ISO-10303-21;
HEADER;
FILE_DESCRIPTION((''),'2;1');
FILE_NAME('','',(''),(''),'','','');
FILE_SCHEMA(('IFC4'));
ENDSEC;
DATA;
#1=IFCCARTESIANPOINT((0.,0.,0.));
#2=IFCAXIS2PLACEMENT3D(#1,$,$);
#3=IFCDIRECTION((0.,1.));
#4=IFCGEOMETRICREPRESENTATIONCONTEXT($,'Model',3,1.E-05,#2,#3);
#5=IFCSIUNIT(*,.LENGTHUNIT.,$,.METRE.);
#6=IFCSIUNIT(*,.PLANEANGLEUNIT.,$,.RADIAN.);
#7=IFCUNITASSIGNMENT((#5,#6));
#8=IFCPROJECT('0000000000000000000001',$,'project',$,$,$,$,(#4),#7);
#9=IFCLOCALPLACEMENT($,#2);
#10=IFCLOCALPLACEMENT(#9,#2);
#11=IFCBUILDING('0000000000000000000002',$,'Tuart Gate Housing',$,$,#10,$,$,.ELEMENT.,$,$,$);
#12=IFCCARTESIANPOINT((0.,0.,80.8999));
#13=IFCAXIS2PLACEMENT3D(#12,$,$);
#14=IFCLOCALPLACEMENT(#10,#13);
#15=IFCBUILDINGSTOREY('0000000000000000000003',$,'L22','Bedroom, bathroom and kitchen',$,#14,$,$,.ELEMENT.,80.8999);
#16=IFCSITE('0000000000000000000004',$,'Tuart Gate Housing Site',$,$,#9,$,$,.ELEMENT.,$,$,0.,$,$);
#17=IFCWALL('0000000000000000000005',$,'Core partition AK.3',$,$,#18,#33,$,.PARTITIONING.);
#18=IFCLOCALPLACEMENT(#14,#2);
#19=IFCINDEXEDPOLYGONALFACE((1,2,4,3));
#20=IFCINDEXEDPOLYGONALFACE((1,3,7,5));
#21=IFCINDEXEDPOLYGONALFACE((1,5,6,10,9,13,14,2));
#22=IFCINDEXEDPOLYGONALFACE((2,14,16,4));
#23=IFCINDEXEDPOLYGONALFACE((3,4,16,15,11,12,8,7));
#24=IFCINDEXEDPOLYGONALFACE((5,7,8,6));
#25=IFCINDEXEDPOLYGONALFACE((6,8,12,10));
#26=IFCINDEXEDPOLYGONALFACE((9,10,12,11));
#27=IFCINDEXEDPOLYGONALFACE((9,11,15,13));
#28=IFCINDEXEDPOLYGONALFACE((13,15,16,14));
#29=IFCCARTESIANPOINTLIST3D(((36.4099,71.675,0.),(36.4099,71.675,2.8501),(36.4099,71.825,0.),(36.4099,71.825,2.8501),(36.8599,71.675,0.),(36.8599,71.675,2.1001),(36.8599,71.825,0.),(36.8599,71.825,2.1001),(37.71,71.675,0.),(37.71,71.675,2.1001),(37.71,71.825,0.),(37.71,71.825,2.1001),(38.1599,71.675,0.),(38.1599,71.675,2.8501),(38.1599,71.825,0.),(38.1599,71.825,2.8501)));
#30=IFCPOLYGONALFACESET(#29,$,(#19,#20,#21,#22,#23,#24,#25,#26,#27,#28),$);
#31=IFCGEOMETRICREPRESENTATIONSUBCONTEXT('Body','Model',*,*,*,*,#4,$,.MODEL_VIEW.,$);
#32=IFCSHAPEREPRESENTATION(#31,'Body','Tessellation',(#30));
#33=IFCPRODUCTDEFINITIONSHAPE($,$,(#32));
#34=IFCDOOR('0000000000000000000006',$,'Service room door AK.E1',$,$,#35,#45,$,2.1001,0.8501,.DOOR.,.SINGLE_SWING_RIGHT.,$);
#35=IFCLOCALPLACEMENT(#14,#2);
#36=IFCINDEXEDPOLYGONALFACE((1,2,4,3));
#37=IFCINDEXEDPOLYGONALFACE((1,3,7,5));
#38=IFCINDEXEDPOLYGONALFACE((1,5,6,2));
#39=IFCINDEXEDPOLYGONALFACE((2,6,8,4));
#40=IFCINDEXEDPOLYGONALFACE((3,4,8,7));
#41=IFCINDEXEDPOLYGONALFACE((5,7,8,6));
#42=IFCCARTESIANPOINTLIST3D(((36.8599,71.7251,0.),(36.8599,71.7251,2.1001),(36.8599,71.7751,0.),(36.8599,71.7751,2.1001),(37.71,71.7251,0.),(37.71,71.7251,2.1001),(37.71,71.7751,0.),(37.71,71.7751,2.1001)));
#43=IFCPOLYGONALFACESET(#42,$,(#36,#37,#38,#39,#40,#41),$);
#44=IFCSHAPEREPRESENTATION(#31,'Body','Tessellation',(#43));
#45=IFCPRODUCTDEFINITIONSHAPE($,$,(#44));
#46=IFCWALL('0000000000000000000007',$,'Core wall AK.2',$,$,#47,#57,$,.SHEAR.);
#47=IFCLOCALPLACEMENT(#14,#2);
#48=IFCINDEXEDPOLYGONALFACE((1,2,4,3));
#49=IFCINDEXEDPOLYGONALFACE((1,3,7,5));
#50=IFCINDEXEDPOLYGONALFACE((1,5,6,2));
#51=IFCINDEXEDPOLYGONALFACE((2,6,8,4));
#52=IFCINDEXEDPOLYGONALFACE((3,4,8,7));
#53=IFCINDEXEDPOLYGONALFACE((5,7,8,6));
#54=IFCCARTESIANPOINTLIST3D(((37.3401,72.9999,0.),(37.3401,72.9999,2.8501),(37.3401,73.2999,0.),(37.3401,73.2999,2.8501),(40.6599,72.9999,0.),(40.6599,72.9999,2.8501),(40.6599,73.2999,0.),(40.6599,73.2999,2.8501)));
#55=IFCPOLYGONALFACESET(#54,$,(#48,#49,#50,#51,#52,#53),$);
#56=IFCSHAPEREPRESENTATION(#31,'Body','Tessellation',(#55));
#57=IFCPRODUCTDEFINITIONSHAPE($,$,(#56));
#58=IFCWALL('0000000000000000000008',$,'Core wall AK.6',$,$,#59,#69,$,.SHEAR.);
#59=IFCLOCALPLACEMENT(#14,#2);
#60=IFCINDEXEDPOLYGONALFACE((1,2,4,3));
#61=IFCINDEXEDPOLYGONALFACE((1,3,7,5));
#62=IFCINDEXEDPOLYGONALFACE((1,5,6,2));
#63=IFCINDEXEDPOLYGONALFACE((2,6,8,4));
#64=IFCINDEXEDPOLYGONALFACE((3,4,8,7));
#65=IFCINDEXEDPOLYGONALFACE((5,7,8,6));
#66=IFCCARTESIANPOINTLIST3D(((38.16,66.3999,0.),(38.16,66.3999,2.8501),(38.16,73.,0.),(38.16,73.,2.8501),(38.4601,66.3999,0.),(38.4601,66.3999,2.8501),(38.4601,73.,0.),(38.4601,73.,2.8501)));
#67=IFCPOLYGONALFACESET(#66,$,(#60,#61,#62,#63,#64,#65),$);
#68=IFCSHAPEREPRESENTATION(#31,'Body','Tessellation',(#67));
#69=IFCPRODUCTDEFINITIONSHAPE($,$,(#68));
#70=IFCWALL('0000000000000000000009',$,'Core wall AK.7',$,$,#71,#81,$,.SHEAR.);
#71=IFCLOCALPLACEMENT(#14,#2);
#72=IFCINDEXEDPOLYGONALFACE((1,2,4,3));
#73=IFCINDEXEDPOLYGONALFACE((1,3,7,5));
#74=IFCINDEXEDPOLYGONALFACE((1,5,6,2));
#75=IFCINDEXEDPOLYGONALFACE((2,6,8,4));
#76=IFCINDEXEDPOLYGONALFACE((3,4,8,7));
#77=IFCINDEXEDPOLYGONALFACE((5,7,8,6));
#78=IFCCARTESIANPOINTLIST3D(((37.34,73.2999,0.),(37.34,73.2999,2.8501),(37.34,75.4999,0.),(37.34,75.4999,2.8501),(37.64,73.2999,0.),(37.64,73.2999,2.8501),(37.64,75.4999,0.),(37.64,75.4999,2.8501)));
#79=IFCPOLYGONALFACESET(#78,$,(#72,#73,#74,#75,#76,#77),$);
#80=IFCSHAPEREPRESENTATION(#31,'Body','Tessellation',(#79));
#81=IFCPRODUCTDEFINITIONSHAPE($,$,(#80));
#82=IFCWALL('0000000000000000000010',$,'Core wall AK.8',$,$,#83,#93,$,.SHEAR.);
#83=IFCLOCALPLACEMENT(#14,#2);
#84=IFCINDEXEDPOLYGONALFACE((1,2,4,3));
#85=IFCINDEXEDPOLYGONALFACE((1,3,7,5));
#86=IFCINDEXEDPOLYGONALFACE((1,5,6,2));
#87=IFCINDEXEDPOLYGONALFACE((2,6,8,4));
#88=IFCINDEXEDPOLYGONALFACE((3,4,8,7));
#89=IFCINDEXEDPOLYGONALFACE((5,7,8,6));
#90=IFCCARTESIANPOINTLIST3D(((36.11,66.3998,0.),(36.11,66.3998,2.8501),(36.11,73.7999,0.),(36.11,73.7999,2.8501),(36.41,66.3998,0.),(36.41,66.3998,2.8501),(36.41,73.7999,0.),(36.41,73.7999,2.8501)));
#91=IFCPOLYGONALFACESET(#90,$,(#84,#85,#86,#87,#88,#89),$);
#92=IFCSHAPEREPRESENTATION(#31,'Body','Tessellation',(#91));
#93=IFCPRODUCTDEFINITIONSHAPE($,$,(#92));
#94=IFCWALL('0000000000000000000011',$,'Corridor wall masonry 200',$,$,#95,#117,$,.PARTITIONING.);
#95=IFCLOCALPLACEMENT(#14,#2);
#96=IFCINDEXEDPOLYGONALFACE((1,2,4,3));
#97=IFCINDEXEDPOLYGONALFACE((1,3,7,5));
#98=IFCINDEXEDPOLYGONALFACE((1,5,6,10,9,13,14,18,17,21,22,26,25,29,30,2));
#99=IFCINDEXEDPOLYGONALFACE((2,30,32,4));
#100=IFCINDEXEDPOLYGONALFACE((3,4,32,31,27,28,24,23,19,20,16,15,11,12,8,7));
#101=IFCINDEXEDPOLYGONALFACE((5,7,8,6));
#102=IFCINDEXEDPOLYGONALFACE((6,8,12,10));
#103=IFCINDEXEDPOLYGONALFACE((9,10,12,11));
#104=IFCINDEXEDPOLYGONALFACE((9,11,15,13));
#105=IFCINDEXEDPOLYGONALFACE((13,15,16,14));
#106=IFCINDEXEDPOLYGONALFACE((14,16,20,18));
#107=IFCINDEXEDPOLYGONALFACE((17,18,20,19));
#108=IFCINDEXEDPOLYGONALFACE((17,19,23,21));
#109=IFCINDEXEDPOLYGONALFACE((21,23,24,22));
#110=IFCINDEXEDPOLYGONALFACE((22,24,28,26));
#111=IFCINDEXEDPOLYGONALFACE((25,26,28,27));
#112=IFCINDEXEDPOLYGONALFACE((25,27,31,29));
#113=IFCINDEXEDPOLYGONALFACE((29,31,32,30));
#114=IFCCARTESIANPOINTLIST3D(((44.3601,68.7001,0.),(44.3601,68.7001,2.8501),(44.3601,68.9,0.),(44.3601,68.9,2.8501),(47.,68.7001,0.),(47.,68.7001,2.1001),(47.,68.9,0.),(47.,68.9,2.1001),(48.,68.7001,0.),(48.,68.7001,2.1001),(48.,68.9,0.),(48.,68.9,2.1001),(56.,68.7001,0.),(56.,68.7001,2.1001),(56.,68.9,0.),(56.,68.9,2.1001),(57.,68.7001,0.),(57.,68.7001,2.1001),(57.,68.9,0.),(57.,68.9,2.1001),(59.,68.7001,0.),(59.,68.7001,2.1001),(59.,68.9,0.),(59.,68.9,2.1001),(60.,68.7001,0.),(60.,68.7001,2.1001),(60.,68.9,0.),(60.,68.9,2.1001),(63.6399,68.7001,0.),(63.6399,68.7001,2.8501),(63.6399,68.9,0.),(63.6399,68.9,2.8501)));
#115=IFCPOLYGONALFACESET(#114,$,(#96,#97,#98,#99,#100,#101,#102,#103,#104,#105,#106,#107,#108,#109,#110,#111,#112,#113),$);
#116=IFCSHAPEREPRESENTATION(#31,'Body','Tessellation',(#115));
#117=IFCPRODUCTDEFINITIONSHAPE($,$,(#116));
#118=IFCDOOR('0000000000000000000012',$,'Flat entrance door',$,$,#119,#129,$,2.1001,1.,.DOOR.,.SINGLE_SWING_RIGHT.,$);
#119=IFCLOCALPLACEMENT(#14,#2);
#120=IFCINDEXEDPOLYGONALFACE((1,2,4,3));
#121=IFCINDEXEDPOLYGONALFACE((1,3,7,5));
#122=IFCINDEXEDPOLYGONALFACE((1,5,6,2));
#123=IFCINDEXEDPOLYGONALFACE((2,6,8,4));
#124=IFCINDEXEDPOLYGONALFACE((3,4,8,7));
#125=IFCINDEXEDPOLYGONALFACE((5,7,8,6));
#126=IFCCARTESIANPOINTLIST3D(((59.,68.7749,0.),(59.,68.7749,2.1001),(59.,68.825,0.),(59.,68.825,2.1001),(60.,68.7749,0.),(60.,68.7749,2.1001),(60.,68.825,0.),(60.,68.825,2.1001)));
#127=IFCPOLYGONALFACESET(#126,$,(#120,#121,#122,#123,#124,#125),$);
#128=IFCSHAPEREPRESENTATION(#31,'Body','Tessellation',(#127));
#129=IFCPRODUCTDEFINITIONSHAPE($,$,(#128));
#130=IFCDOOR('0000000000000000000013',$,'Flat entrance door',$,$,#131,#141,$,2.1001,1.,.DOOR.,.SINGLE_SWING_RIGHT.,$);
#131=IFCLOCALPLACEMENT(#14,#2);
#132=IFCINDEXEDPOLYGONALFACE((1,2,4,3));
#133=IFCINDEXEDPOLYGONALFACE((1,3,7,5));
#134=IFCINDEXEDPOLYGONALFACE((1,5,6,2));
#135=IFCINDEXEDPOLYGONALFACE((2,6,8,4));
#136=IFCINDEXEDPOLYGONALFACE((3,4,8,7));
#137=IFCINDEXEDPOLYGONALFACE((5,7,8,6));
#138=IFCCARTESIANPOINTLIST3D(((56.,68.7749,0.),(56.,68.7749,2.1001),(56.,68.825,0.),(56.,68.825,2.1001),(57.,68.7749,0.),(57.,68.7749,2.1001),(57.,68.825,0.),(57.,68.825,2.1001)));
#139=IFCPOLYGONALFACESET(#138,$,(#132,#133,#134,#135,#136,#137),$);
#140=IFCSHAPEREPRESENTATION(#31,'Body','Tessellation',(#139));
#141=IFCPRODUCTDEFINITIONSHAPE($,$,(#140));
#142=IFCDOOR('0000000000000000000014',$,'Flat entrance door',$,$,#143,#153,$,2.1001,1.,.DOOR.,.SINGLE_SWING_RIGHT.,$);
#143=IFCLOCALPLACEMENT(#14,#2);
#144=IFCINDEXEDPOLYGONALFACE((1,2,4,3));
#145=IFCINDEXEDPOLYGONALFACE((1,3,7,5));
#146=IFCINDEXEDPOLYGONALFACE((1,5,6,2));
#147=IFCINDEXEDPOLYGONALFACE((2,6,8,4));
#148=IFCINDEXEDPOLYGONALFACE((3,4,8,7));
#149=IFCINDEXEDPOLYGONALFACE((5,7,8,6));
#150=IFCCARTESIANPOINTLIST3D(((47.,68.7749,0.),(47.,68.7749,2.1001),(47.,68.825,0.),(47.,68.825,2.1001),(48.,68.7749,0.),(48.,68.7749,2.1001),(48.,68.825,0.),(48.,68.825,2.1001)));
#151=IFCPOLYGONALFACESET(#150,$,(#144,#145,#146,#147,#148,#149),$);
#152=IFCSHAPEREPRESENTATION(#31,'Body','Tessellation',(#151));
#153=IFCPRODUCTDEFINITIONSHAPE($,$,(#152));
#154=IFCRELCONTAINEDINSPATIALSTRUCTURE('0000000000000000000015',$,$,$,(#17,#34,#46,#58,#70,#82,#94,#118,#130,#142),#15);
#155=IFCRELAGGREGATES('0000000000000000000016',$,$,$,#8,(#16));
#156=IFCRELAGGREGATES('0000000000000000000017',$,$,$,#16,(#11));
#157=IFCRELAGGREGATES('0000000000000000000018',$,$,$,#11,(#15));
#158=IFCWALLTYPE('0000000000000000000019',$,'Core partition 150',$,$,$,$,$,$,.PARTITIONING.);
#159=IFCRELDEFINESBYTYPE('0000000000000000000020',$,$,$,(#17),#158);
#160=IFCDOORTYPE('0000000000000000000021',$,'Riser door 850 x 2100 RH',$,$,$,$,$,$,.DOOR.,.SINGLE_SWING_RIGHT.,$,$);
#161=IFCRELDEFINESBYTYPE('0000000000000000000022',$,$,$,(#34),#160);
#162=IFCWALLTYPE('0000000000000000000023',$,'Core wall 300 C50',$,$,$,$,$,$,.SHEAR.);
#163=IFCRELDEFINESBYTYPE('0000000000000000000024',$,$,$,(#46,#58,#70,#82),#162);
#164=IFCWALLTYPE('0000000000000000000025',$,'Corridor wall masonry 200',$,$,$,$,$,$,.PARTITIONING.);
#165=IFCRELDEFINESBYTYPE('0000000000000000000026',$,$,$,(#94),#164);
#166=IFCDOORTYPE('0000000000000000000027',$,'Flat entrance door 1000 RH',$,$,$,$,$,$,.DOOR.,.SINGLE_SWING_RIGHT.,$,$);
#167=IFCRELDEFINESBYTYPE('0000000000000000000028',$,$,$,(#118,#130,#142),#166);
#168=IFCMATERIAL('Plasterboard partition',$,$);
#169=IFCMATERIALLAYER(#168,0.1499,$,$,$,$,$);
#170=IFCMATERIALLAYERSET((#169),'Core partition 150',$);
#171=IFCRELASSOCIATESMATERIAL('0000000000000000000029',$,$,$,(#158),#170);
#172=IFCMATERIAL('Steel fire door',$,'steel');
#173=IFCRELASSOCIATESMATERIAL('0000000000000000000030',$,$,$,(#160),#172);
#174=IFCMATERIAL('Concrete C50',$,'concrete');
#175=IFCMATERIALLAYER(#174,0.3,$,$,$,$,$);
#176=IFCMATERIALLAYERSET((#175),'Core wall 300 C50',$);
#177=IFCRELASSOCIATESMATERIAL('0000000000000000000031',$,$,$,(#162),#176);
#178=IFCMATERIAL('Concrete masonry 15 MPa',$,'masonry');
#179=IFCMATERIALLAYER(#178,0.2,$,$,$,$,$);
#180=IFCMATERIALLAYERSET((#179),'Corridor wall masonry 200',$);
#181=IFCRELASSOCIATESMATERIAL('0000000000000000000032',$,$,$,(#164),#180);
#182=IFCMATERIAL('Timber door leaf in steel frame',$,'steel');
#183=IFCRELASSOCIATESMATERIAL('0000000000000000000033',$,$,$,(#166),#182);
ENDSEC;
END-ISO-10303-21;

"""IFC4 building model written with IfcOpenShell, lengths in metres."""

from ifc_helpers import new_model, si_unit, direction, frame, frame_2d, origin, place, context, subcontext, project, spatial, rectangle, extrude, material, layer, layer_set, type_object, element, fill, save


model = new_model("IFC4")

# Units and contexts
model_context = context("Model", 3, precision=1e-05, world=origin(), true_north=direction((0.0, 1.0)))
body_context = subcontext(model_context, "Body", "Model", "MODEL_VIEW")
ifc_project = project(units=[si_unit("LENGTHUNIT", "METRE"), si_unit("PLANEANGLEUNIT", "RADIAN")], contexts=[model_context])

# Site, building, storey
site_placement = place(None, origin())
site = spatial("IfcSite", under=ifc_project, at=site_placement, Name="Tuart Gate Housing Site", CompositionType="ELEMENT", RefElevation=0.0)
building_placement = place(site_placement, origin())
building = spatial("IfcBuilding", under=site, at=building_placement, Name="Tuart Gate Housing", CompositionType="ELEMENT")
storey_placement = place(building_placement, frame((0.0, 0.0, 80.8999)))
storey = spatial("IfcBuildingStorey", under=building, at=storey_placement, Name="L22", Description="Bedroom, bathroom and kitchen", CompositionType="ELEMENT", Elevation=80.8999)

# Wall, opening, door
ifc_material_1 = material(Name="Plasterboard partition")
ifc_layer_1 = layer(ifc_material_1, 0.1499)
ifc_layer_set_1 = layer_set([ifc_layer_1], Name="Core partition 150")
wall_type_1 = type_object("IfcWallType", Name="Core partition 150", PredefinedType="PARTITIONING", material=ifc_layer_set_1)
wall_1_placement = place(storey_placement, frame((38.1599, 71.75, 0.0), z_axis=(0.0, 0.0, 1.0), x_axis=(-1.0, 0.0, 0.0)))
wall_1 = element("IfcWall", 1, at=wall_1_placement, inside=storey, type_object=wall_type_1, Name="Core partition AK.3", PredefinedType="PARTITIONING", context=body_context, shape_type="SweptSolid", body=[
    extrude(rectangle(XDim=1.75, YDim=0.1499, at=frame_2d((0.875, 0.0))), origin(), (0.0, 0.0, 1.0), 2.8501),
])
opening_1_placement = place(wall_1_placement, frame((0.45, 0.0, 0.0)))
opening_1 = element("IfcOpeningElement", 2, at=opening_1_placement, cuts=wall_1, PredefinedType="OPENING", context=body_context, shape_type="SweptSolid", body=[
    extrude(rectangle(XDim=0.8501, YDim=2.1001, at=frame_2d((0.425, 1.05))), frame((0.0, 0.085, 0.0), z_axis=(0.0, -1.0, 0.0), x_axis=(1.0, 0.0, 0.0)), (0.0, 0.0, 1.0), 0.1699),
])
ifc_material_2 = material(Name="Steel fire door", Category="steel")
door_type_1 = type_object("IfcDoorType", Name="Riser door 850 x 2100 RH", OperationType="SINGLE_SWING_RIGHT", PredefinedType="DOOR", material=ifc_material_2)
door_1_placement = place(opening_1_placement, frame((0.8501, 0.0, 0.0), z_axis=(0.0, 0.0, 1.0), x_axis=(-1.0, 0.0, 0.0)))
door_1 = element("IfcDoor", 3, at=door_1_placement, inside=storey, type_object=door_type_1, Name="Service room door AK.E1", OperationType="SINGLE_SWING_RIGHT", OverallHeight=2.1001, OverallWidth=0.8501, PredefinedType="DOOR", context=body_context, shape_type="SweptSolid", body=[
    extrude(rectangle(XDim=0.8501, YDim=2.1001, at=frame_2d((0.425, 1.05))), frame((0.0, 0.0251, 0.0), z_axis=(0.0, -1.0, 0.0), x_axis=(1.0, 0.0, 0.0)), (0.0, 0.0, 1.0), 0.05),
])
fill(opening_1, door_1)

# Walls
ifc_material_3 = material(Name="Concrete C50", Category="concrete")
ifc_layer_2 = layer(ifc_material_3, 0.3)
ifc_layer_set_2 = layer_set([ifc_layer_2], Name="Core wall 300 C50")
wall_type_2 = type_object("IfcWallType", Name="Core wall 300 C50", PredefinedType="SHEAR", material=ifc_layer_set_2)
wall_2_placement = place(storey_placement, frame((40.6599, 73.1499, 0.0), z_axis=(0.0, 0.0, 1.0), x_axis=(-1.0, 0.0, 0.0)))
element("IfcWall", 4, at=wall_2_placement, inside=storey, type_object=wall_type_2, Name="Core wall AK.2", PredefinedType="SHEAR", context=body_context, shape_type="SweptSolid", body=[
    extrude(rectangle(XDim=3.3198, YDim=0.3, at=frame_2d((1.6599, 0.0))), origin(), (0.0, 0.0, 1.0), 2.8501),
])
wall_3_placement = place(storey_placement, frame((38.3101, 73.0, 0.0), z_axis=(0.0, 0.0, 1.0), x_axis=(0.0, -1.0, 0.0)))
element("IfcWall", 5, at=wall_3_placement, inside=storey, type_object=wall_type_2, Name="Core wall AK.6", PredefinedType="SHEAR", context=body_context, shape_type="SweptSolid", body=[
    extrude(rectangle(XDim=6.6001, YDim=0.3, at=frame_2d((3.3, 0.0))), origin(), (0.0, 0.0, 1.0), 2.8501),
])
wall_4_placement = place(storey_placement, frame((37.49, 75.5, 0.0), z_axis=(0.0, 0.0, 1.0), x_axis=(0.0, -1.0, 0.0)))
element("IfcWall", 6, at=wall_4_placement, inside=storey, type_object=wall_type_2, Name="Core wall AK.7", PredefinedType="SHEAR", context=body_context, shape_type="SweptSolid", body=[
    extrude(rectangle(XDim=2.2, YDim=0.3, at=frame_2d((1.1001, 0.0))), origin(), (0.0, 0.0, 1.0), 2.8501),
])
wall_5_placement = place(storey_placement, frame((36.26, 73.8, 0.0), z_axis=(0.0, 0.0, 1.0), x_axis=(0.0, -1.0, 0.0)))
element("IfcWall", 7, at=wall_5_placement, inside=storey, type_object=wall_type_2, Name="Core wall AK.8", PredefinedType="SHEAR", context=body_context, shape_type="SweptSolid", body=[
    extrude(rectangle(XDim=7.4001, YDim=0.3, at=frame_2d((3.7002, 0.0))), origin(), (0.0, 0.0, 1.0), 2.8501),
])

# Wall, openings, doors
ifc_material_4 = material(Name="Concrete masonry 15 MPa", Category="masonry")
ifc_layer_3 = layer(ifc_material_4, 0.2)
ifc_layer_set_3 = layer_set([ifc_layer_3], Name="Corridor wall masonry 200")
wall_type_3 = type_object("IfcWallType", Name="Corridor wall masonry 200", PredefinedType="PARTITIONING", material=ifc_layer_set_3)
wall_6_placement = place(storey_placement, frame((44.3601, 68.8, 0.0), z_axis=(0.0, 0.0, 1.0), x_axis=(1.0, 0.0, 0.0)))
wall_6 = element("IfcWall", 8, at=wall_6_placement, inside=storey, type_object=wall_type_3, Name="Corridor wall masonry 200", PredefinedType="PARTITIONING", context=body_context, shape_type="SweptSolid", body=[
    extrude(rectangle(XDim=19.2798, YDim=0.2, at=frame_2d((9.6399, 0.0))), origin(), (0.0, 0.0, 1.0), 2.8501),
])
opening_2_placement = place(wall_6_placement, frame((14.6399, 0.0, 0.0)))
opening_2 = element("IfcOpeningElement", 9, at=opening_2_placement, cuts=wall_6, PredefinedType="OPENING", context=body_context, shape_type="SweptSolid", body=[
    extrude(rectangle(XDim=1.0, YDim=2.1001, at=frame_2d((0.5, 1.05))), frame((0.0, 0.1099, 0.0), z_axis=(0.0, -1.0, 0.0), x_axis=(1.0, 0.0, 0.0)), (0.0, 0.0, 1.0), 0.22),
])
opening_3_placement = place(wall_6_placement, frame((11.6399, 0.0, 0.0)))
opening_3 = element("IfcOpeningElement", 10, at=opening_3_placement, cuts=wall_6, PredefinedType="OPENING", context=body_context, shape_type="SweptSolid", body=[
    extrude(rectangle(XDim=1.0, YDim=2.1001, at=frame_2d((0.5, 1.05))), frame((0.0, 0.1099, 0.0), z_axis=(0.0, -1.0, 0.0), x_axis=(1.0, 0.0, 0.0)), (0.0, 0.0, 1.0), 0.22),
])
opening_4_placement = place(wall_6_placement, frame((2.6399, 0.0, 0.0)))
opening_4 = element("IfcOpeningElement", 11, at=opening_4_placement, cuts=wall_6, PredefinedType="OPENING", context=body_context, shape_type="SweptSolid", body=[
    extrude(rectangle(XDim=1.0, YDim=2.1001, at=frame_2d((0.5, 1.05))), frame((0.0, 0.1099, 0.0), z_axis=(0.0, -1.0, 0.0), x_axis=(1.0, 0.0, 0.0)), (0.0, 0.0, 1.0), 0.22),
])
ifc_material_5 = material(Name="Timber door leaf in steel frame", Category="steel")
door_type_2 = type_object("IfcDoorType", Name="Flat entrance door 1000 RH", OperationType="SINGLE_SWING_RIGHT", PredefinedType="DOOR", material=ifc_material_5)
door_2_placement = place(opening_2_placement, frame((1.0, 0.0, 0.0), z_axis=(0.0, 0.0, 1.0), x_axis=(-1.0, 0.0, 0.0)))
door_2 = element("IfcDoor", 12, at=door_2_placement, inside=storey, type_object=door_type_2, Name="Flat entrance door", OperationType="SINGLE_SWING_RIGHT", OverallHeight=2.1001, OverallWidth=1.0, PredefinedType="DOOR", context=body_context, shape_type="SweptSolid", body=[
    extrude(rectangle(XDim=1.0, YDim=2.1001, at=frame_2d((0.5, 1.05))), frame((0.0, 0.0251, 0.0), z_axis=(0.0, -1.0, 0.0), x_axis=(1.0, 0.0, 0.0)), (0.0, 0.0, 1.0), 0.05),
])
fill(opening_2, door_2)
door_3_placement = place(opening_3_placement, frame((1.0, 0.0, 0.0), z_axis=(0.0, 0.0, 1.0), x_axis=(-1.0, 0.0, 0.0)))
door_3 = element("IfcDoor", 13, at=door_3_placement, inside=storey, type_object=door_type_2, Name="Flat entrance door", OperationType="SINGLE_SWING_RIGHT", OverallHeight=2.1001, OverallWidth=1.0, PredefinedType="DOOR", context=body_context, shape_type="SweptSolid", body=[
    extrude(rectangle(XDim=1.0, YDim=2.1001, at=frame_2d((0.5, 1.05))), frame((0.0, 0.0251, 0.0), z_axis=(0.0, -1.0, 0.0), x_axis=(1.0, 0.0, 0.0)), (0.0, 0.0, 1.0), 0.05),
])
fill(opening_3, door_3)
door_4_placement = place(opening_4_placement, frame((1.0, 0.0, 0.0), z_axis=(0.0, 0.0, 1.0), x_axis=(-1.0, 0.0, 0.0)))
door_4 = element("IfcDoor", 14, at=door_4_placement, inside=storey, type_object=door_type_2, Name="Flat entrance door", OperationType="SINGLE_SWING_RIGHT", OverallHeight=2.1001, OverallWidth=1.0, PredefinedType="DOOR", context=body_context, shape_type="SweptSolid", body=[
    extrude(rectangle(XDim=1.0, YDim=2.1001, at=frame_2d((0.5, 1.05))), frame((0.0, 0.0251, 0.0), z_axis=(0.0, -1.0, 0.0), x_axis=(1.0, 0.0, 0.0)), (0.0, 0.0, 1.0), 0.05),
])
fill(opening_4, door_4)

save(model, "model.ifc")
